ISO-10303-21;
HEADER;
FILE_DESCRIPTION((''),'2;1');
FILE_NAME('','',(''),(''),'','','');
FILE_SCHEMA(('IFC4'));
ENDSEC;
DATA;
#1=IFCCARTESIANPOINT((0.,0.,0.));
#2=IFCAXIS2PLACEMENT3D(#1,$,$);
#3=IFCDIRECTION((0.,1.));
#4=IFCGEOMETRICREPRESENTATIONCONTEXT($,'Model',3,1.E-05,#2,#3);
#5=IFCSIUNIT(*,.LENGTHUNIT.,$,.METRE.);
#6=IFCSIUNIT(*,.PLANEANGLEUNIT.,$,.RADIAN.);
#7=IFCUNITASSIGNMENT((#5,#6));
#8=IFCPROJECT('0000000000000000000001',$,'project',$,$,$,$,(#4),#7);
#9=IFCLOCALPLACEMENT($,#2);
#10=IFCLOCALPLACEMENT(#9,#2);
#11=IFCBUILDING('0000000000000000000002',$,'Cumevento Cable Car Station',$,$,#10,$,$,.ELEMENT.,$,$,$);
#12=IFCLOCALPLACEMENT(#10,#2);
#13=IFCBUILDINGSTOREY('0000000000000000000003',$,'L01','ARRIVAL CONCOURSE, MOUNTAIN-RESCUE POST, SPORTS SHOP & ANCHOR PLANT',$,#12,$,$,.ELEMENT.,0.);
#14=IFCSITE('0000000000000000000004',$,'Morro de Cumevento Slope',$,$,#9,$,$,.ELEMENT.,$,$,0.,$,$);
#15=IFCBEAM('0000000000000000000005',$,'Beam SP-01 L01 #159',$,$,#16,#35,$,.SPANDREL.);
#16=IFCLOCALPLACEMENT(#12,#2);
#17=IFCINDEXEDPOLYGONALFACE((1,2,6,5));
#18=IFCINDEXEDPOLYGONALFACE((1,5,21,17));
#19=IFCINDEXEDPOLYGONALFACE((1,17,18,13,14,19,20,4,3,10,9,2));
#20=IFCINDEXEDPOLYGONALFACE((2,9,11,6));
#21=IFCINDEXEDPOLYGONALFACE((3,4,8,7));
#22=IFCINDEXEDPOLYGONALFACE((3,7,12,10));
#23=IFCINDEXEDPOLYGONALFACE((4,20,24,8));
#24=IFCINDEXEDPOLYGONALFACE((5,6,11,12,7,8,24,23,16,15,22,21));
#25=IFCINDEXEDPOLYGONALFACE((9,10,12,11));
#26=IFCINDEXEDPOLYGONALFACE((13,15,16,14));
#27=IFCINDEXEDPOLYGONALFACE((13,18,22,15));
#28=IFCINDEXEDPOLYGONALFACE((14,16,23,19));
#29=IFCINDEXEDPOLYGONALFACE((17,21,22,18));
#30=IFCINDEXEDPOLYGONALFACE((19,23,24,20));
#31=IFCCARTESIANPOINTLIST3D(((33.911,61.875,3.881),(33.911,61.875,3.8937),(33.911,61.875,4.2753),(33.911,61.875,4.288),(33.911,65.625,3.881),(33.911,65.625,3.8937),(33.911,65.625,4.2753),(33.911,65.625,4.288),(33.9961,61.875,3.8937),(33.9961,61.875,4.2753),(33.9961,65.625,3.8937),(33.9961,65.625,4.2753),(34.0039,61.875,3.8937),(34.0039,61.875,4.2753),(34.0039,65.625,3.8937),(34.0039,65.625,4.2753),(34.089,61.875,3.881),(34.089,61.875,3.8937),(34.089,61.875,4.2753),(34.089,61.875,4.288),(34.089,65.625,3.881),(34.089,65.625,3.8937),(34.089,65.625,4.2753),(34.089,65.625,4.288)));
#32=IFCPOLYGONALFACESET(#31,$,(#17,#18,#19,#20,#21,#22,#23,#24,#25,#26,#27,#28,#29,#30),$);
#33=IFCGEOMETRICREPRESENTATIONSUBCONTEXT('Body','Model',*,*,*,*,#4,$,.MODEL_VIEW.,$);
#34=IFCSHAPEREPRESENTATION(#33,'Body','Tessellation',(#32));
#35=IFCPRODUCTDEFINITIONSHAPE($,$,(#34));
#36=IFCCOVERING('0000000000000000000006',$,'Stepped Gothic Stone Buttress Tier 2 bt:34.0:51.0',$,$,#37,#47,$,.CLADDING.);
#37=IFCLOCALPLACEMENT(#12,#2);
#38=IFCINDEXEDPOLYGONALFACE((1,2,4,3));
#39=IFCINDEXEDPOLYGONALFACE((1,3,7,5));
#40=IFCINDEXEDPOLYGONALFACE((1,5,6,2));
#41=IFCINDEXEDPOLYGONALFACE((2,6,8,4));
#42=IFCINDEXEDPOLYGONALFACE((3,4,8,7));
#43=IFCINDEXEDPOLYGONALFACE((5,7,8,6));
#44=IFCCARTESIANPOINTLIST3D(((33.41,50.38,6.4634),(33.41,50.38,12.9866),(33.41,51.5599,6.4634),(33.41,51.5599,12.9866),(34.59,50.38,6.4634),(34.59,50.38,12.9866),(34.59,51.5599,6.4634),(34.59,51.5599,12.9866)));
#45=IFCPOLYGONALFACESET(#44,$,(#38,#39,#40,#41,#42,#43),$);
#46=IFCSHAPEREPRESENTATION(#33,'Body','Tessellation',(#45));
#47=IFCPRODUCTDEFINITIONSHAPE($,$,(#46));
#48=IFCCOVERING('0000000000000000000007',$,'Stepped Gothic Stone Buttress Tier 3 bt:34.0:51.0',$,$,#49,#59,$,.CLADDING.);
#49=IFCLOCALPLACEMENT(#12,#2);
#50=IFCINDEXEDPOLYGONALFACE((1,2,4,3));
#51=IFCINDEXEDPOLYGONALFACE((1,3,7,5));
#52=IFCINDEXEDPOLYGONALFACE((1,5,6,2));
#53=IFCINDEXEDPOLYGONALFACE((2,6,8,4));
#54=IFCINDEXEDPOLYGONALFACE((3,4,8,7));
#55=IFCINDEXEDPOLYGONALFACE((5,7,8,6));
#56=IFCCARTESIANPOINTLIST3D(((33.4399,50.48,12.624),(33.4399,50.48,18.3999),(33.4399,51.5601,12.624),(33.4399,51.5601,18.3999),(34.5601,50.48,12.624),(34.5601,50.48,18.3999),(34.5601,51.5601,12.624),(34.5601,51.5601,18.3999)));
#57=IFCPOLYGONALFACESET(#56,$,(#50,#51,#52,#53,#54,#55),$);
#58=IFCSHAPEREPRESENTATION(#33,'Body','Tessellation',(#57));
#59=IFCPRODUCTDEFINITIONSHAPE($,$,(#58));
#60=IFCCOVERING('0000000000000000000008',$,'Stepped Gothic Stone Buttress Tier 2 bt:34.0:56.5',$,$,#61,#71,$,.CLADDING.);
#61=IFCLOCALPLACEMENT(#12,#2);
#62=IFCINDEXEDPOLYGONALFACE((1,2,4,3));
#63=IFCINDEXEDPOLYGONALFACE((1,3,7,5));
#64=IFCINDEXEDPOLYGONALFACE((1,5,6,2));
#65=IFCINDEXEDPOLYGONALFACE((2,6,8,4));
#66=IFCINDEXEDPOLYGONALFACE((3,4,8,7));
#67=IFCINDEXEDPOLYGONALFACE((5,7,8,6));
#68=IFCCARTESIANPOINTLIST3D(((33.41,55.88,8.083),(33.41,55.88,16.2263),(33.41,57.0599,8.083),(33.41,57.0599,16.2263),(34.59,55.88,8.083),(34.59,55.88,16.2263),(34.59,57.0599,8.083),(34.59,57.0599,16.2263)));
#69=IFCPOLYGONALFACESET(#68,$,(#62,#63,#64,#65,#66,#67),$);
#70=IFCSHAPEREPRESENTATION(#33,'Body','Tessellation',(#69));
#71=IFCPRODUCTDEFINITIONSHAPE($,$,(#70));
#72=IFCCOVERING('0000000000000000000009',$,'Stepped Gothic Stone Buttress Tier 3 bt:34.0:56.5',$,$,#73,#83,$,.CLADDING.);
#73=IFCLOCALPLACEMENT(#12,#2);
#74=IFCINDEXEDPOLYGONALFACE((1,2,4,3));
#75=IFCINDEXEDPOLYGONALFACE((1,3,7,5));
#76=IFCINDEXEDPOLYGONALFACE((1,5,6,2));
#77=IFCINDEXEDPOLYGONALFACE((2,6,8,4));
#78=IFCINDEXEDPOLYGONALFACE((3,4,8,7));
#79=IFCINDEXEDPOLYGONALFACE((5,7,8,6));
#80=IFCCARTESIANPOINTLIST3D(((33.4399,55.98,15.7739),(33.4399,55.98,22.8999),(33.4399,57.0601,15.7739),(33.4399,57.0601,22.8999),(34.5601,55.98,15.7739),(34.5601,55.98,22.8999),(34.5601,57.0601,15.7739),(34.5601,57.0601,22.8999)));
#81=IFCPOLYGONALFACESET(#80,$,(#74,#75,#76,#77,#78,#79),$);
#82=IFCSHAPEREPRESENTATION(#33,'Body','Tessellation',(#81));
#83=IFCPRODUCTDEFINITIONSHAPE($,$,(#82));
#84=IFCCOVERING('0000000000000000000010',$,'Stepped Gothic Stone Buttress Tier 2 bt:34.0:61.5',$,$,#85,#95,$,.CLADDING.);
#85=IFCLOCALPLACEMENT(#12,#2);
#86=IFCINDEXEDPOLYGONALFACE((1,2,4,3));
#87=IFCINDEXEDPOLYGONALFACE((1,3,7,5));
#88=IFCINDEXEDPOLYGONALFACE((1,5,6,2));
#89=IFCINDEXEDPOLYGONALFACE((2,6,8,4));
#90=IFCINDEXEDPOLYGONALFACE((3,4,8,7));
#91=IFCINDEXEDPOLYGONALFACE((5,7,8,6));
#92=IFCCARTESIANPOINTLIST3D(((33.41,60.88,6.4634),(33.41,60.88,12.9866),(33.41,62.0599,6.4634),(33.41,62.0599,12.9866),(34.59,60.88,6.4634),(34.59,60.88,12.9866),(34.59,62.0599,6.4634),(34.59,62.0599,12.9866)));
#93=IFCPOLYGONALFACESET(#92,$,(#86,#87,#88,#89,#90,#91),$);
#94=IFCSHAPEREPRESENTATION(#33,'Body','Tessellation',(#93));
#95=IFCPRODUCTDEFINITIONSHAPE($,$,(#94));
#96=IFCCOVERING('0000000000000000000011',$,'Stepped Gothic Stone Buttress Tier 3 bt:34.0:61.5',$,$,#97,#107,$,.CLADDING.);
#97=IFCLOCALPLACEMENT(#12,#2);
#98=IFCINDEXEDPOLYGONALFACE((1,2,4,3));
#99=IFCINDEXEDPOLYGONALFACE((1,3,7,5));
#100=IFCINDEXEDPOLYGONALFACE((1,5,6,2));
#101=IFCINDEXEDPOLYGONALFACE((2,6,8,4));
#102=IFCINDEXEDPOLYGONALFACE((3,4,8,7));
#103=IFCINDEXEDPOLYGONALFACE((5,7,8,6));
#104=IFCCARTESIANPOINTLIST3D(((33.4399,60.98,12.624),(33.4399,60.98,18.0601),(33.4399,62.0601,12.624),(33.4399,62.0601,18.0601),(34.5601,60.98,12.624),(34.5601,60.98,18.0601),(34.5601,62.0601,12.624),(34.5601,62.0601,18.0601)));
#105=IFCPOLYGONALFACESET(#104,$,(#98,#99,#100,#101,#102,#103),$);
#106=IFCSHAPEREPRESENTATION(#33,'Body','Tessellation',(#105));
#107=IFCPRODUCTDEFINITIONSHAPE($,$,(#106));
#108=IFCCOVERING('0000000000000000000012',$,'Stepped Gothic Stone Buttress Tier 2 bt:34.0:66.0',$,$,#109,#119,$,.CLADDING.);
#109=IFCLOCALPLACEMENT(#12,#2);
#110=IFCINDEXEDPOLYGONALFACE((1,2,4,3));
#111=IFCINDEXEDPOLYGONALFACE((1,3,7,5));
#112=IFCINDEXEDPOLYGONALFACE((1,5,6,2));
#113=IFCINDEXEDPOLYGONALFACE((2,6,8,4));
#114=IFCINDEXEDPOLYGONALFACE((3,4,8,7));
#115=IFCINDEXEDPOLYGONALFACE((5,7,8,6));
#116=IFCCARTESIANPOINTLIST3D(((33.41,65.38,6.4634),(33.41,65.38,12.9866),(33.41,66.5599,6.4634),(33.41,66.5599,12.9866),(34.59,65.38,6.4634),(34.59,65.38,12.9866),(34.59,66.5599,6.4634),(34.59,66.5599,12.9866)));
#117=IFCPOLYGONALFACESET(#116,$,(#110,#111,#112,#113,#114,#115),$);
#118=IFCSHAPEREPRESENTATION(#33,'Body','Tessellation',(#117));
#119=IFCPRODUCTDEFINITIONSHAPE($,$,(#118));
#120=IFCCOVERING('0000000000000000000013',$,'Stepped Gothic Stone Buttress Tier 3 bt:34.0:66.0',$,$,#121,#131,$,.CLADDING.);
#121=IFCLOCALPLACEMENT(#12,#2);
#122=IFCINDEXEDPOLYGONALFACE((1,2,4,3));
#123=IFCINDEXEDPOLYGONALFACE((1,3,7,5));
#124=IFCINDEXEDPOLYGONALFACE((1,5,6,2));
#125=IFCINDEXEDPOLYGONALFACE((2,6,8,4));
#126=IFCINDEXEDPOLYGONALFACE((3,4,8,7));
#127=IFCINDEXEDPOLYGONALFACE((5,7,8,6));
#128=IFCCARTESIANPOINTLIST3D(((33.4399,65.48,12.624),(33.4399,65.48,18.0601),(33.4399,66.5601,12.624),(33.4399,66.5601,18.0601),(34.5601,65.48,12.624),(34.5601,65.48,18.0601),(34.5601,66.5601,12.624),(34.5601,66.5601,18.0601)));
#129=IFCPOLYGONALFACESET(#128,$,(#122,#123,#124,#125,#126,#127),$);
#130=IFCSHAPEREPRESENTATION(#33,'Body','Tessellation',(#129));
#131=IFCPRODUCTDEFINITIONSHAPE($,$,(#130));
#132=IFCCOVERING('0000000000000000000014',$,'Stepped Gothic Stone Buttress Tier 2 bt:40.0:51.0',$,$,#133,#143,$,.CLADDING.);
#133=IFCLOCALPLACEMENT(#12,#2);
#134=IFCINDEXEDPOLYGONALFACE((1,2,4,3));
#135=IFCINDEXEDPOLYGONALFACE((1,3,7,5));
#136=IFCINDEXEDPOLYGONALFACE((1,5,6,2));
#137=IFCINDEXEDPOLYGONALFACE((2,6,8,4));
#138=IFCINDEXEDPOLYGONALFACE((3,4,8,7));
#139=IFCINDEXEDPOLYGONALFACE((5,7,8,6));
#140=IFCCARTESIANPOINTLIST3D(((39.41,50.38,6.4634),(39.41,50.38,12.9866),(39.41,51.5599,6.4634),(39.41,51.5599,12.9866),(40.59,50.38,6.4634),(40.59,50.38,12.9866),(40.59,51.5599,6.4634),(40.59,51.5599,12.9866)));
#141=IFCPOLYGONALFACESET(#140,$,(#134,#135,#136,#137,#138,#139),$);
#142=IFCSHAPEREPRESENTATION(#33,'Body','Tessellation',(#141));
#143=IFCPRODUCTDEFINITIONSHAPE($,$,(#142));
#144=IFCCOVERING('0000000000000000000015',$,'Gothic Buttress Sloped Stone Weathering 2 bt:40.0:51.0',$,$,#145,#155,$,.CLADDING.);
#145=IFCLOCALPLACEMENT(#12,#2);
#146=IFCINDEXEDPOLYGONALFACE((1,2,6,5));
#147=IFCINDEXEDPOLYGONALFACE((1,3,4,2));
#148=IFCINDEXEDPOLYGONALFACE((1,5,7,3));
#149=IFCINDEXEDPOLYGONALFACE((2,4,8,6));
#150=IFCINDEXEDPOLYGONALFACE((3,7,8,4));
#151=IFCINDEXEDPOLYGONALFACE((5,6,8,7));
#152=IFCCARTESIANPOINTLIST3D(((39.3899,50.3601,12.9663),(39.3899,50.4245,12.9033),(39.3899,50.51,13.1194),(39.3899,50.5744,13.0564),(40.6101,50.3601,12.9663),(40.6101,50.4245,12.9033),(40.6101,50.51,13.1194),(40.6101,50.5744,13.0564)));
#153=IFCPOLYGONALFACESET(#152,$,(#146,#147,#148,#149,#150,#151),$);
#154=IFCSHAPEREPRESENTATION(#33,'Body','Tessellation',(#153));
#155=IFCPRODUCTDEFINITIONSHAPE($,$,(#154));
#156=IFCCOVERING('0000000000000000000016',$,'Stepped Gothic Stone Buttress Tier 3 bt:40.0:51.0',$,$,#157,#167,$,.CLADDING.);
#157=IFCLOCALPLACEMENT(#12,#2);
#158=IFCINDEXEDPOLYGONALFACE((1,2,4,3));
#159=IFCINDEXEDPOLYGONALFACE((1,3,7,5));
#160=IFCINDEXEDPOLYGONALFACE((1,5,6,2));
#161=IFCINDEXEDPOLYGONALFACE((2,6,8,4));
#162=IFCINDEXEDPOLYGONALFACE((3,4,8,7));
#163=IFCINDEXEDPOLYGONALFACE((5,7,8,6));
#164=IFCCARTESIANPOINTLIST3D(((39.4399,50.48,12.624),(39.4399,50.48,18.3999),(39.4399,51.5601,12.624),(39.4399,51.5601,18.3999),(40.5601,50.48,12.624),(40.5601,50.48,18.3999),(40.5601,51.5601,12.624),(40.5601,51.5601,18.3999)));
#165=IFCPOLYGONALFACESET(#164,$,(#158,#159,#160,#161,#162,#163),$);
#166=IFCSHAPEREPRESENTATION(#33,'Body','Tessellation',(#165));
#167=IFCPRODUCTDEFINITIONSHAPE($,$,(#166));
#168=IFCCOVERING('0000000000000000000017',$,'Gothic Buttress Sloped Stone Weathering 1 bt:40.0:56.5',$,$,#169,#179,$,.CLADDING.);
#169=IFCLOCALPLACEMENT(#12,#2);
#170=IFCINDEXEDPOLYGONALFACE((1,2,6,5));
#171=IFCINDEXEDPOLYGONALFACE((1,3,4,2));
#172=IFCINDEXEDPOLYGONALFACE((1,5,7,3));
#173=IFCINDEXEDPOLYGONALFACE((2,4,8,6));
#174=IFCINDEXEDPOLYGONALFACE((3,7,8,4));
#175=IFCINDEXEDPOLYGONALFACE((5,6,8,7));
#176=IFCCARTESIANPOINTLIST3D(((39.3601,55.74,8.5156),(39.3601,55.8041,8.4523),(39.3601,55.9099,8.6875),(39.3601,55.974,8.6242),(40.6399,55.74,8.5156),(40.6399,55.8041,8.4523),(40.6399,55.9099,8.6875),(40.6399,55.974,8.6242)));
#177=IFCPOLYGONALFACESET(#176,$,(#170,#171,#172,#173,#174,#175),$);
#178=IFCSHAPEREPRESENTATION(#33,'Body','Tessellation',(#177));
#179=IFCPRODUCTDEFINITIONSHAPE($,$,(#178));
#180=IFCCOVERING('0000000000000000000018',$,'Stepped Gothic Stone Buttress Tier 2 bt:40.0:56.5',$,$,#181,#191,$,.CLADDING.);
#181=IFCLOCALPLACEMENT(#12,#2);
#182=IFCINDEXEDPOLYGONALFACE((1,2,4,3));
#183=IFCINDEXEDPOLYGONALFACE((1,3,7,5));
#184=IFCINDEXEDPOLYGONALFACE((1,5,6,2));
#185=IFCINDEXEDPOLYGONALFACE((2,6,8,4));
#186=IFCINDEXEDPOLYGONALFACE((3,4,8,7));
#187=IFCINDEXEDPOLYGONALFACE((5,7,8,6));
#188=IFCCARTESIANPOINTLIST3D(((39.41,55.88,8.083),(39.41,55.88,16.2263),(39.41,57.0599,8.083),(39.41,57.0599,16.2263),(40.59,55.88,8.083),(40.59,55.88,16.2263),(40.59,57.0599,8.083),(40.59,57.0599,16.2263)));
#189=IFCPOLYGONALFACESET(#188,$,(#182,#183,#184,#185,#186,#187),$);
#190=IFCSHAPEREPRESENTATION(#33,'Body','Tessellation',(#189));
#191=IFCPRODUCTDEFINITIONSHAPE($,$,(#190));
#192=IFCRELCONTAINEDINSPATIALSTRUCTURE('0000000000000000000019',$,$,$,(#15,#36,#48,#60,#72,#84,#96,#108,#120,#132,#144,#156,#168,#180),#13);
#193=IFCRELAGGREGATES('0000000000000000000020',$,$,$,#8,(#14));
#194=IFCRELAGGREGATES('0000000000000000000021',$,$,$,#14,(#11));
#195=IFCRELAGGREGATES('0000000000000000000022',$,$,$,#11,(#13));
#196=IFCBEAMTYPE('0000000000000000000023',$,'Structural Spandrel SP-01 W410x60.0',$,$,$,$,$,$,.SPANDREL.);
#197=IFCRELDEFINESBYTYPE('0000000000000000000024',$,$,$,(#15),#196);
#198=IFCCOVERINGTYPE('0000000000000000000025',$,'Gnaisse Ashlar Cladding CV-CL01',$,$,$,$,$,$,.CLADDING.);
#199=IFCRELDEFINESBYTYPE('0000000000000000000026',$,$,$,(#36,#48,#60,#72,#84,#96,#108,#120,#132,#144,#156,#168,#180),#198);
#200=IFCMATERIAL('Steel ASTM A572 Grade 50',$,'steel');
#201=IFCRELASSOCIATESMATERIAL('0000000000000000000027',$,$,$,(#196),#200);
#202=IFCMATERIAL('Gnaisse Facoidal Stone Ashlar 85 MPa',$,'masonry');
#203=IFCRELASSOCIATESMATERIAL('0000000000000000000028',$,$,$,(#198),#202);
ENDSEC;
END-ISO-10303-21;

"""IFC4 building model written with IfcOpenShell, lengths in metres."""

from ifc_helpers import new_model, si_unit, direction, frame, origin, origin_2d, place, context, subcontext, project, spatial, polyline, rectangle, i_section, outline, extrude, material, material_profile, profile_set, type_object, element, save


model = new_model("IFC4")

# Units and contexts
model_context = context("Model", 3, precision=1e-05, world=origin(), true_north=direction((0.0, 1.0)))
body_context = subcontext(model_context, "Body", "Model", "MODEL_VIEW")
ifc_project = project(units=[si_unit("LENGTHUNIT", "METRE"), si_unit("PLANEANGLEUNIT", "RADIAN")], contexts=[model_context])

# Site, building, storey
site_placement = place(None, origin())
site = spatial("IfcSite", under=ifc_project, at=site_placement, Name="Morro de Cumevento Slope", CompositionType="ELEMENT", RefElevation=0.0)
building_placement = place(site_placement, origin())
building = spatial("IfcBuilding", under=site, at=building_placement, Name="Cumevento Cable Car Station", CompositionType="ELEMENT")
storey_placement = place(building_placement, origin())
storey = spatial("IfcBuildingStorey", under=building, at=storey_placement, Name="L01", Description="ARRIVAL CONCOURSE, MOUNTAIN-RESCUE POST, SPORTS SHOP & ANCHOR PLANT", CompositionType="ELEMENT", Elevation=0.0)

# Beam
ifc_material_1 = material(Name="Steel ASTM A572 Grade 50", Category="steel")
ifc_material_profile = material_profile(ifc_material_1, i_section(OverallWidth=0.178, OverallDepth=0.407, WebThickness=0.0078, FlangeThickness=0.0127, at=origin_2d()), Name="W410x60.0")
ifc_profile_set = profile_set([ifc_material_profile], Name="Steel ASTM A572 Grade 50")
beam_type = type_object("IfcBeamType", Name="Structural Spandrel SP-01 W410x60.0", PredefinedType="SPANDREL", material=ifc_profile_set)
beam_placement = place(storey_placement, frame((34.0, 61.875, 4.0845), z_axis=(0.0, 1.0, 0.0), x_axis=(-1.0, 0.0, 0.0)))
element("IfcBeam", 1, at=beam_placement, inside=storey, type_object=beam_type, Name="Beam SP-01 L01 #159", PredefinedType="SPANDREL", context=body_context, shape_type="SweptSolid", body=[
    extrude(i_section(OverallWidth=0.178, OverallDepth=0.407, WebThickness=0.0078, FlangeThickness=0.0127, at=origin_2d()), origin(), (0.0, 0.0, 1.0), 3.75),
])

# Coverings
ifc_material_2 = material(Name="Gnaisse Facoidal Stone Ashlar 85 MPa", Category="masonry")
covering_type = type_object("IfcCoveringType", Name="Gnaisse Ashlar Cladding CV-CL01", PredefinedType="CLADDING", material=ifc_material_2)
covering_1_placement = place(storey_placement, frame((34.0, 50.97, 6.4634), z_axis=(0.0, 0.0, 1.0), x_axis=(1.0, 0.0, 0.0)))
element("IfcCovering", 2, at=covering_1_placement, inside=storey, type_object=covering_type, Name="Stepped Gothic Stone Buttress Tier 2 bt:34.0:51.0", PredefinedType="CLADDING", context=body_context, shape_type="SweptSolid", body=[
    extrude(rectangle(XDim=1.1799, YDim=1.1799, at=origin_2d()), origin(), (0.0, 0.0, 1.0), 6.5232),
])
covering_2_placement = place(storey_placement, frame((34.0, 51.02, 12.624), z_axis=(0.0, 0.0, 1.0), x_axis=(1.0, 0.0, 0.0)))
element("IfcCovering", 3, at=covering_2_placement, inside=storey, type_object=covering_type, Name="Stepped Gothic Stone Buttress Tier 3 bt:34.0:51.0", PredefinedType="CLADDING", context=body_context, shape_type="SweptSolid", body=[
    extrude(rectangle(XDim=1.1201, YDim=1.0801, at=origin_2d()), origin(), (0.0, 0.0, 1.0), 5.7759),
])
covering_3_placement = place(storey_placement, frame((34.0, 56.47, 8.083), z_axis=(0.0, 0.0, 1.0), x_axis=(1.0, 0.0, 0.0)))
element("IfcCovering", 4, at=covering_3_placement, inside=storey, type_object=covering_type, Name="Stepped Gothic Stone Buttress Tier 2 bt:34.0:56.5", PredefinedType="CLADDING", context=body_context, shape_type="SweptSolid", body=[
    extrude(rectangle(XDim=1.1799, YDim=1.1799, at=origin_2d()), origin(), (0.0, 0.0, 1.0), 8.1433),
])
covering_4_placement = place(storey_placement, frame((34.0, 56.52, 15.7739), z_axis=(0.0, 0.0, 1.0), x_axis=(1.0, 0.0, 0.0)))
element("IfcCovering", 5, at=covering_4_placement, inside=storey, type_object=covering_type, Name="Stepped Gothic Stone Buttress Tier 3 bt:34.0:56.5", PredefinedType="CLADDING", context=body_context, shape_type="SweptSolid", body=[
    extrude(rectangle(XDim=1.1201, YDim=1.0801, at=origin_2d()), origin(), (0.0, 0.0, 1.0), 7.126),
])
covering_5_placement = place(storey_placement, frame((34.0, 61.47, 6.4634), z_axis=(0.0, 0.0, 1.0), x_axis=(1.0, 0.0, 0.0)))
element("IfcCovering", 6, at=covering_5_placement, inside=storey, type_object=covering_type, Name="Stepped Gothic Stone Buttress Tier 2 bt:34.0:61.5", PredefinedType="CLADDING", context=body_context, shape_type="SweptSolid", body=[
    extrude(rectangle(XDim=1.1799, YDim=1.1799, at=origin_2d()), origin(), (0.0, 0.0, 1.0), 6.5232),
])
covering_6_placement = place(storey_placement, frame((34.0, 61.52, 12.624), z_axis=(0.0, 0.0, 1.0), x_axis=(1.0, 0.0, 0.0)))
element("IfcCovering", 7, at=covering_6_placement, inside=storey, type_object=covering_type, Name="Stepped Gothic Stone Buttress Tier 3 bt:34.0:61.5", PredefinedType="CLADDING", context=body_context, shape_type="SweptSolid", body=[
    extrude(rectangle(XDim=1.1201, YDim=1.0801, at=origin_2d()), origin(), (0.0, 0.0, 1.0), 5.436),
])
covering_7_placement = place(storey_placement, frame((34.0, 65.97, 6.4634), z_axis=(0.0, 0.0, 1.0), x_axis=(1.0, 0.0, 0.0)))
element("IfcCovering", 8, at=covering_7_placement, inside=storey, type_object=covering_type, Name="Stepped Gothic Stone Buttress Tier 2 bt:34.0:66.0", PredefinedType="CLADDING", context=body_context, shape_type="SweptSolid", body=[
    extrude(rectangle(XDim=1.1799, YDim=1.1799, at=origin_2d()), origin(), (0.0, 0.0, 1.0), 6.5232),
])
covering_8_placement = place(storey_placement, frame((34.0, 66.02, 12.624), z_axis=(0.0, 0.0, 1.0), x_axis=(1.0, 0.0, 0.0)))
element("IfcCovering", 9, at=covering_8_placement, inside=storey, type_object=covering_type, Name="Stepped Gothic Stone Buttress Tier 3 bt:34.0:66.0", PredefinedType="CLADDING", context=body_context, shape_type="SweptSolid", body=[
    extrude(rectangle(XDim=1.1201, YDim=1.0801, at=origin_2d()), origin(), (0.0, 0.0, 1.0), 5.436),
])
covering_9_placement = place(storey_placement, frame((40.0, 50.97, 6.4634), z_axis=(0.0, 0.0, 1.0), x_axis=(1.0, 0.0, 0.0)))
element("IfcCovering", 10, at=covering_9_placement, inside=storey, type_object=covering_type, Name="Stepped Gothic Stone Buttress Tier 2 bt:40.0:51.0", PredefinedType="CLADDING", context=body_context, shape_type="SweptSolid", body=[
    extrude(rectangle(XDim=1.1799, YDim=1.1799, at=origin_2d()), origin(), (0.0, 0.0, 1.0), 6.5232),
])
covering_10_placement = place(storey_placement, frame((39.3899, 50.3601, 12.9663), z_axis=(0.0, -0.714475, 0.699661), x_axis=(1.0, 0.0, 0.0)))
element("IfcCovering", 11, at=covering_10_placement, inside=storey, type_object=covering_type, Name="Gothic Buttress Sloped Stone Weathering 2 bt:40.0:51.0", PredefinedType="CLADDING", context=body_context, shape_type="SweptSolid", body=[
    extrude(outline(polyline([(0.0, 0.0), (1.2202, 0.0), (1.2202, 0.2142), (0.0, 0.2142), (0.0, 0.0)])), origin(), (0.0, 0.0, -1.0), 0.0901),
])
covering_11_placement = place(storey_placement, frame((40.0, 51.02, 12.624), z_axis=(0.0, 0.0, 1.0), x_axis=(1.0, 0.0, 0.0)))
element("IfcCovering", 12, at=covering_11_placement, inside=storey, type_object=covering_type, Name="Stepped Gothic Stone Buttress Tier 3 bt:40.0:51.0", PredefinedType="CLADDING", context=body_context, shape_type="SweptSolid", body=[
    extrude(rectangle(XDim=1.1201, YDim=1.0801, at=origin_2d()), origin(), (0.0, 0.0, 1.0), 5.7759),
])
covering_12_placement = place(storey_placement, frame((39.3601, 55.74, 8.5156), z_axis=(0.0, -0.711136, 0.703055), x_axis=(1.0, 0.0, 0.0)))
element("IfcCovering", 13, at=covering_12_placement, inside=storey, type_object=covering_type, Name="Gothic Buttress Sloped Stone Weathering 1 bt:40.0:56.5", PredefinedType="CLADDING", context=body_context, shape_type="SweptSolid", body=[
    extrude(outline(polyline([(0.0, 0.0), (1.2798, 0.0), (1.2798, 0.2417), (0.0, 0.2417), (0.0, 0.0)])), origin(), (0.0, 0.0, -1.0), 0.0901),
])
covering_13_placement = place(storey_placement, frame((40.0, 56.47, 8.083), z_axis=(0.0, 0.0, 1.0), x_axis=(1.0, 0.0, 0.0)))
element("IfcCovering", 14, at=covering_13_placement, inside=storey, type_object=covering_type, Name="Stepped Gothic Stone Buttress Tier 2 bt:40.0:56.5", PredefinedType="CLADDING", context=body_context, shape_type="SweptSolid", body=[
    extrude(rectangle(XDim=1.1799, YDim=1.1799, at=origin_2d()), origin(), (0.0, 0.0, 1.0), 8.1433),
])

save(model, "model.ifc")
